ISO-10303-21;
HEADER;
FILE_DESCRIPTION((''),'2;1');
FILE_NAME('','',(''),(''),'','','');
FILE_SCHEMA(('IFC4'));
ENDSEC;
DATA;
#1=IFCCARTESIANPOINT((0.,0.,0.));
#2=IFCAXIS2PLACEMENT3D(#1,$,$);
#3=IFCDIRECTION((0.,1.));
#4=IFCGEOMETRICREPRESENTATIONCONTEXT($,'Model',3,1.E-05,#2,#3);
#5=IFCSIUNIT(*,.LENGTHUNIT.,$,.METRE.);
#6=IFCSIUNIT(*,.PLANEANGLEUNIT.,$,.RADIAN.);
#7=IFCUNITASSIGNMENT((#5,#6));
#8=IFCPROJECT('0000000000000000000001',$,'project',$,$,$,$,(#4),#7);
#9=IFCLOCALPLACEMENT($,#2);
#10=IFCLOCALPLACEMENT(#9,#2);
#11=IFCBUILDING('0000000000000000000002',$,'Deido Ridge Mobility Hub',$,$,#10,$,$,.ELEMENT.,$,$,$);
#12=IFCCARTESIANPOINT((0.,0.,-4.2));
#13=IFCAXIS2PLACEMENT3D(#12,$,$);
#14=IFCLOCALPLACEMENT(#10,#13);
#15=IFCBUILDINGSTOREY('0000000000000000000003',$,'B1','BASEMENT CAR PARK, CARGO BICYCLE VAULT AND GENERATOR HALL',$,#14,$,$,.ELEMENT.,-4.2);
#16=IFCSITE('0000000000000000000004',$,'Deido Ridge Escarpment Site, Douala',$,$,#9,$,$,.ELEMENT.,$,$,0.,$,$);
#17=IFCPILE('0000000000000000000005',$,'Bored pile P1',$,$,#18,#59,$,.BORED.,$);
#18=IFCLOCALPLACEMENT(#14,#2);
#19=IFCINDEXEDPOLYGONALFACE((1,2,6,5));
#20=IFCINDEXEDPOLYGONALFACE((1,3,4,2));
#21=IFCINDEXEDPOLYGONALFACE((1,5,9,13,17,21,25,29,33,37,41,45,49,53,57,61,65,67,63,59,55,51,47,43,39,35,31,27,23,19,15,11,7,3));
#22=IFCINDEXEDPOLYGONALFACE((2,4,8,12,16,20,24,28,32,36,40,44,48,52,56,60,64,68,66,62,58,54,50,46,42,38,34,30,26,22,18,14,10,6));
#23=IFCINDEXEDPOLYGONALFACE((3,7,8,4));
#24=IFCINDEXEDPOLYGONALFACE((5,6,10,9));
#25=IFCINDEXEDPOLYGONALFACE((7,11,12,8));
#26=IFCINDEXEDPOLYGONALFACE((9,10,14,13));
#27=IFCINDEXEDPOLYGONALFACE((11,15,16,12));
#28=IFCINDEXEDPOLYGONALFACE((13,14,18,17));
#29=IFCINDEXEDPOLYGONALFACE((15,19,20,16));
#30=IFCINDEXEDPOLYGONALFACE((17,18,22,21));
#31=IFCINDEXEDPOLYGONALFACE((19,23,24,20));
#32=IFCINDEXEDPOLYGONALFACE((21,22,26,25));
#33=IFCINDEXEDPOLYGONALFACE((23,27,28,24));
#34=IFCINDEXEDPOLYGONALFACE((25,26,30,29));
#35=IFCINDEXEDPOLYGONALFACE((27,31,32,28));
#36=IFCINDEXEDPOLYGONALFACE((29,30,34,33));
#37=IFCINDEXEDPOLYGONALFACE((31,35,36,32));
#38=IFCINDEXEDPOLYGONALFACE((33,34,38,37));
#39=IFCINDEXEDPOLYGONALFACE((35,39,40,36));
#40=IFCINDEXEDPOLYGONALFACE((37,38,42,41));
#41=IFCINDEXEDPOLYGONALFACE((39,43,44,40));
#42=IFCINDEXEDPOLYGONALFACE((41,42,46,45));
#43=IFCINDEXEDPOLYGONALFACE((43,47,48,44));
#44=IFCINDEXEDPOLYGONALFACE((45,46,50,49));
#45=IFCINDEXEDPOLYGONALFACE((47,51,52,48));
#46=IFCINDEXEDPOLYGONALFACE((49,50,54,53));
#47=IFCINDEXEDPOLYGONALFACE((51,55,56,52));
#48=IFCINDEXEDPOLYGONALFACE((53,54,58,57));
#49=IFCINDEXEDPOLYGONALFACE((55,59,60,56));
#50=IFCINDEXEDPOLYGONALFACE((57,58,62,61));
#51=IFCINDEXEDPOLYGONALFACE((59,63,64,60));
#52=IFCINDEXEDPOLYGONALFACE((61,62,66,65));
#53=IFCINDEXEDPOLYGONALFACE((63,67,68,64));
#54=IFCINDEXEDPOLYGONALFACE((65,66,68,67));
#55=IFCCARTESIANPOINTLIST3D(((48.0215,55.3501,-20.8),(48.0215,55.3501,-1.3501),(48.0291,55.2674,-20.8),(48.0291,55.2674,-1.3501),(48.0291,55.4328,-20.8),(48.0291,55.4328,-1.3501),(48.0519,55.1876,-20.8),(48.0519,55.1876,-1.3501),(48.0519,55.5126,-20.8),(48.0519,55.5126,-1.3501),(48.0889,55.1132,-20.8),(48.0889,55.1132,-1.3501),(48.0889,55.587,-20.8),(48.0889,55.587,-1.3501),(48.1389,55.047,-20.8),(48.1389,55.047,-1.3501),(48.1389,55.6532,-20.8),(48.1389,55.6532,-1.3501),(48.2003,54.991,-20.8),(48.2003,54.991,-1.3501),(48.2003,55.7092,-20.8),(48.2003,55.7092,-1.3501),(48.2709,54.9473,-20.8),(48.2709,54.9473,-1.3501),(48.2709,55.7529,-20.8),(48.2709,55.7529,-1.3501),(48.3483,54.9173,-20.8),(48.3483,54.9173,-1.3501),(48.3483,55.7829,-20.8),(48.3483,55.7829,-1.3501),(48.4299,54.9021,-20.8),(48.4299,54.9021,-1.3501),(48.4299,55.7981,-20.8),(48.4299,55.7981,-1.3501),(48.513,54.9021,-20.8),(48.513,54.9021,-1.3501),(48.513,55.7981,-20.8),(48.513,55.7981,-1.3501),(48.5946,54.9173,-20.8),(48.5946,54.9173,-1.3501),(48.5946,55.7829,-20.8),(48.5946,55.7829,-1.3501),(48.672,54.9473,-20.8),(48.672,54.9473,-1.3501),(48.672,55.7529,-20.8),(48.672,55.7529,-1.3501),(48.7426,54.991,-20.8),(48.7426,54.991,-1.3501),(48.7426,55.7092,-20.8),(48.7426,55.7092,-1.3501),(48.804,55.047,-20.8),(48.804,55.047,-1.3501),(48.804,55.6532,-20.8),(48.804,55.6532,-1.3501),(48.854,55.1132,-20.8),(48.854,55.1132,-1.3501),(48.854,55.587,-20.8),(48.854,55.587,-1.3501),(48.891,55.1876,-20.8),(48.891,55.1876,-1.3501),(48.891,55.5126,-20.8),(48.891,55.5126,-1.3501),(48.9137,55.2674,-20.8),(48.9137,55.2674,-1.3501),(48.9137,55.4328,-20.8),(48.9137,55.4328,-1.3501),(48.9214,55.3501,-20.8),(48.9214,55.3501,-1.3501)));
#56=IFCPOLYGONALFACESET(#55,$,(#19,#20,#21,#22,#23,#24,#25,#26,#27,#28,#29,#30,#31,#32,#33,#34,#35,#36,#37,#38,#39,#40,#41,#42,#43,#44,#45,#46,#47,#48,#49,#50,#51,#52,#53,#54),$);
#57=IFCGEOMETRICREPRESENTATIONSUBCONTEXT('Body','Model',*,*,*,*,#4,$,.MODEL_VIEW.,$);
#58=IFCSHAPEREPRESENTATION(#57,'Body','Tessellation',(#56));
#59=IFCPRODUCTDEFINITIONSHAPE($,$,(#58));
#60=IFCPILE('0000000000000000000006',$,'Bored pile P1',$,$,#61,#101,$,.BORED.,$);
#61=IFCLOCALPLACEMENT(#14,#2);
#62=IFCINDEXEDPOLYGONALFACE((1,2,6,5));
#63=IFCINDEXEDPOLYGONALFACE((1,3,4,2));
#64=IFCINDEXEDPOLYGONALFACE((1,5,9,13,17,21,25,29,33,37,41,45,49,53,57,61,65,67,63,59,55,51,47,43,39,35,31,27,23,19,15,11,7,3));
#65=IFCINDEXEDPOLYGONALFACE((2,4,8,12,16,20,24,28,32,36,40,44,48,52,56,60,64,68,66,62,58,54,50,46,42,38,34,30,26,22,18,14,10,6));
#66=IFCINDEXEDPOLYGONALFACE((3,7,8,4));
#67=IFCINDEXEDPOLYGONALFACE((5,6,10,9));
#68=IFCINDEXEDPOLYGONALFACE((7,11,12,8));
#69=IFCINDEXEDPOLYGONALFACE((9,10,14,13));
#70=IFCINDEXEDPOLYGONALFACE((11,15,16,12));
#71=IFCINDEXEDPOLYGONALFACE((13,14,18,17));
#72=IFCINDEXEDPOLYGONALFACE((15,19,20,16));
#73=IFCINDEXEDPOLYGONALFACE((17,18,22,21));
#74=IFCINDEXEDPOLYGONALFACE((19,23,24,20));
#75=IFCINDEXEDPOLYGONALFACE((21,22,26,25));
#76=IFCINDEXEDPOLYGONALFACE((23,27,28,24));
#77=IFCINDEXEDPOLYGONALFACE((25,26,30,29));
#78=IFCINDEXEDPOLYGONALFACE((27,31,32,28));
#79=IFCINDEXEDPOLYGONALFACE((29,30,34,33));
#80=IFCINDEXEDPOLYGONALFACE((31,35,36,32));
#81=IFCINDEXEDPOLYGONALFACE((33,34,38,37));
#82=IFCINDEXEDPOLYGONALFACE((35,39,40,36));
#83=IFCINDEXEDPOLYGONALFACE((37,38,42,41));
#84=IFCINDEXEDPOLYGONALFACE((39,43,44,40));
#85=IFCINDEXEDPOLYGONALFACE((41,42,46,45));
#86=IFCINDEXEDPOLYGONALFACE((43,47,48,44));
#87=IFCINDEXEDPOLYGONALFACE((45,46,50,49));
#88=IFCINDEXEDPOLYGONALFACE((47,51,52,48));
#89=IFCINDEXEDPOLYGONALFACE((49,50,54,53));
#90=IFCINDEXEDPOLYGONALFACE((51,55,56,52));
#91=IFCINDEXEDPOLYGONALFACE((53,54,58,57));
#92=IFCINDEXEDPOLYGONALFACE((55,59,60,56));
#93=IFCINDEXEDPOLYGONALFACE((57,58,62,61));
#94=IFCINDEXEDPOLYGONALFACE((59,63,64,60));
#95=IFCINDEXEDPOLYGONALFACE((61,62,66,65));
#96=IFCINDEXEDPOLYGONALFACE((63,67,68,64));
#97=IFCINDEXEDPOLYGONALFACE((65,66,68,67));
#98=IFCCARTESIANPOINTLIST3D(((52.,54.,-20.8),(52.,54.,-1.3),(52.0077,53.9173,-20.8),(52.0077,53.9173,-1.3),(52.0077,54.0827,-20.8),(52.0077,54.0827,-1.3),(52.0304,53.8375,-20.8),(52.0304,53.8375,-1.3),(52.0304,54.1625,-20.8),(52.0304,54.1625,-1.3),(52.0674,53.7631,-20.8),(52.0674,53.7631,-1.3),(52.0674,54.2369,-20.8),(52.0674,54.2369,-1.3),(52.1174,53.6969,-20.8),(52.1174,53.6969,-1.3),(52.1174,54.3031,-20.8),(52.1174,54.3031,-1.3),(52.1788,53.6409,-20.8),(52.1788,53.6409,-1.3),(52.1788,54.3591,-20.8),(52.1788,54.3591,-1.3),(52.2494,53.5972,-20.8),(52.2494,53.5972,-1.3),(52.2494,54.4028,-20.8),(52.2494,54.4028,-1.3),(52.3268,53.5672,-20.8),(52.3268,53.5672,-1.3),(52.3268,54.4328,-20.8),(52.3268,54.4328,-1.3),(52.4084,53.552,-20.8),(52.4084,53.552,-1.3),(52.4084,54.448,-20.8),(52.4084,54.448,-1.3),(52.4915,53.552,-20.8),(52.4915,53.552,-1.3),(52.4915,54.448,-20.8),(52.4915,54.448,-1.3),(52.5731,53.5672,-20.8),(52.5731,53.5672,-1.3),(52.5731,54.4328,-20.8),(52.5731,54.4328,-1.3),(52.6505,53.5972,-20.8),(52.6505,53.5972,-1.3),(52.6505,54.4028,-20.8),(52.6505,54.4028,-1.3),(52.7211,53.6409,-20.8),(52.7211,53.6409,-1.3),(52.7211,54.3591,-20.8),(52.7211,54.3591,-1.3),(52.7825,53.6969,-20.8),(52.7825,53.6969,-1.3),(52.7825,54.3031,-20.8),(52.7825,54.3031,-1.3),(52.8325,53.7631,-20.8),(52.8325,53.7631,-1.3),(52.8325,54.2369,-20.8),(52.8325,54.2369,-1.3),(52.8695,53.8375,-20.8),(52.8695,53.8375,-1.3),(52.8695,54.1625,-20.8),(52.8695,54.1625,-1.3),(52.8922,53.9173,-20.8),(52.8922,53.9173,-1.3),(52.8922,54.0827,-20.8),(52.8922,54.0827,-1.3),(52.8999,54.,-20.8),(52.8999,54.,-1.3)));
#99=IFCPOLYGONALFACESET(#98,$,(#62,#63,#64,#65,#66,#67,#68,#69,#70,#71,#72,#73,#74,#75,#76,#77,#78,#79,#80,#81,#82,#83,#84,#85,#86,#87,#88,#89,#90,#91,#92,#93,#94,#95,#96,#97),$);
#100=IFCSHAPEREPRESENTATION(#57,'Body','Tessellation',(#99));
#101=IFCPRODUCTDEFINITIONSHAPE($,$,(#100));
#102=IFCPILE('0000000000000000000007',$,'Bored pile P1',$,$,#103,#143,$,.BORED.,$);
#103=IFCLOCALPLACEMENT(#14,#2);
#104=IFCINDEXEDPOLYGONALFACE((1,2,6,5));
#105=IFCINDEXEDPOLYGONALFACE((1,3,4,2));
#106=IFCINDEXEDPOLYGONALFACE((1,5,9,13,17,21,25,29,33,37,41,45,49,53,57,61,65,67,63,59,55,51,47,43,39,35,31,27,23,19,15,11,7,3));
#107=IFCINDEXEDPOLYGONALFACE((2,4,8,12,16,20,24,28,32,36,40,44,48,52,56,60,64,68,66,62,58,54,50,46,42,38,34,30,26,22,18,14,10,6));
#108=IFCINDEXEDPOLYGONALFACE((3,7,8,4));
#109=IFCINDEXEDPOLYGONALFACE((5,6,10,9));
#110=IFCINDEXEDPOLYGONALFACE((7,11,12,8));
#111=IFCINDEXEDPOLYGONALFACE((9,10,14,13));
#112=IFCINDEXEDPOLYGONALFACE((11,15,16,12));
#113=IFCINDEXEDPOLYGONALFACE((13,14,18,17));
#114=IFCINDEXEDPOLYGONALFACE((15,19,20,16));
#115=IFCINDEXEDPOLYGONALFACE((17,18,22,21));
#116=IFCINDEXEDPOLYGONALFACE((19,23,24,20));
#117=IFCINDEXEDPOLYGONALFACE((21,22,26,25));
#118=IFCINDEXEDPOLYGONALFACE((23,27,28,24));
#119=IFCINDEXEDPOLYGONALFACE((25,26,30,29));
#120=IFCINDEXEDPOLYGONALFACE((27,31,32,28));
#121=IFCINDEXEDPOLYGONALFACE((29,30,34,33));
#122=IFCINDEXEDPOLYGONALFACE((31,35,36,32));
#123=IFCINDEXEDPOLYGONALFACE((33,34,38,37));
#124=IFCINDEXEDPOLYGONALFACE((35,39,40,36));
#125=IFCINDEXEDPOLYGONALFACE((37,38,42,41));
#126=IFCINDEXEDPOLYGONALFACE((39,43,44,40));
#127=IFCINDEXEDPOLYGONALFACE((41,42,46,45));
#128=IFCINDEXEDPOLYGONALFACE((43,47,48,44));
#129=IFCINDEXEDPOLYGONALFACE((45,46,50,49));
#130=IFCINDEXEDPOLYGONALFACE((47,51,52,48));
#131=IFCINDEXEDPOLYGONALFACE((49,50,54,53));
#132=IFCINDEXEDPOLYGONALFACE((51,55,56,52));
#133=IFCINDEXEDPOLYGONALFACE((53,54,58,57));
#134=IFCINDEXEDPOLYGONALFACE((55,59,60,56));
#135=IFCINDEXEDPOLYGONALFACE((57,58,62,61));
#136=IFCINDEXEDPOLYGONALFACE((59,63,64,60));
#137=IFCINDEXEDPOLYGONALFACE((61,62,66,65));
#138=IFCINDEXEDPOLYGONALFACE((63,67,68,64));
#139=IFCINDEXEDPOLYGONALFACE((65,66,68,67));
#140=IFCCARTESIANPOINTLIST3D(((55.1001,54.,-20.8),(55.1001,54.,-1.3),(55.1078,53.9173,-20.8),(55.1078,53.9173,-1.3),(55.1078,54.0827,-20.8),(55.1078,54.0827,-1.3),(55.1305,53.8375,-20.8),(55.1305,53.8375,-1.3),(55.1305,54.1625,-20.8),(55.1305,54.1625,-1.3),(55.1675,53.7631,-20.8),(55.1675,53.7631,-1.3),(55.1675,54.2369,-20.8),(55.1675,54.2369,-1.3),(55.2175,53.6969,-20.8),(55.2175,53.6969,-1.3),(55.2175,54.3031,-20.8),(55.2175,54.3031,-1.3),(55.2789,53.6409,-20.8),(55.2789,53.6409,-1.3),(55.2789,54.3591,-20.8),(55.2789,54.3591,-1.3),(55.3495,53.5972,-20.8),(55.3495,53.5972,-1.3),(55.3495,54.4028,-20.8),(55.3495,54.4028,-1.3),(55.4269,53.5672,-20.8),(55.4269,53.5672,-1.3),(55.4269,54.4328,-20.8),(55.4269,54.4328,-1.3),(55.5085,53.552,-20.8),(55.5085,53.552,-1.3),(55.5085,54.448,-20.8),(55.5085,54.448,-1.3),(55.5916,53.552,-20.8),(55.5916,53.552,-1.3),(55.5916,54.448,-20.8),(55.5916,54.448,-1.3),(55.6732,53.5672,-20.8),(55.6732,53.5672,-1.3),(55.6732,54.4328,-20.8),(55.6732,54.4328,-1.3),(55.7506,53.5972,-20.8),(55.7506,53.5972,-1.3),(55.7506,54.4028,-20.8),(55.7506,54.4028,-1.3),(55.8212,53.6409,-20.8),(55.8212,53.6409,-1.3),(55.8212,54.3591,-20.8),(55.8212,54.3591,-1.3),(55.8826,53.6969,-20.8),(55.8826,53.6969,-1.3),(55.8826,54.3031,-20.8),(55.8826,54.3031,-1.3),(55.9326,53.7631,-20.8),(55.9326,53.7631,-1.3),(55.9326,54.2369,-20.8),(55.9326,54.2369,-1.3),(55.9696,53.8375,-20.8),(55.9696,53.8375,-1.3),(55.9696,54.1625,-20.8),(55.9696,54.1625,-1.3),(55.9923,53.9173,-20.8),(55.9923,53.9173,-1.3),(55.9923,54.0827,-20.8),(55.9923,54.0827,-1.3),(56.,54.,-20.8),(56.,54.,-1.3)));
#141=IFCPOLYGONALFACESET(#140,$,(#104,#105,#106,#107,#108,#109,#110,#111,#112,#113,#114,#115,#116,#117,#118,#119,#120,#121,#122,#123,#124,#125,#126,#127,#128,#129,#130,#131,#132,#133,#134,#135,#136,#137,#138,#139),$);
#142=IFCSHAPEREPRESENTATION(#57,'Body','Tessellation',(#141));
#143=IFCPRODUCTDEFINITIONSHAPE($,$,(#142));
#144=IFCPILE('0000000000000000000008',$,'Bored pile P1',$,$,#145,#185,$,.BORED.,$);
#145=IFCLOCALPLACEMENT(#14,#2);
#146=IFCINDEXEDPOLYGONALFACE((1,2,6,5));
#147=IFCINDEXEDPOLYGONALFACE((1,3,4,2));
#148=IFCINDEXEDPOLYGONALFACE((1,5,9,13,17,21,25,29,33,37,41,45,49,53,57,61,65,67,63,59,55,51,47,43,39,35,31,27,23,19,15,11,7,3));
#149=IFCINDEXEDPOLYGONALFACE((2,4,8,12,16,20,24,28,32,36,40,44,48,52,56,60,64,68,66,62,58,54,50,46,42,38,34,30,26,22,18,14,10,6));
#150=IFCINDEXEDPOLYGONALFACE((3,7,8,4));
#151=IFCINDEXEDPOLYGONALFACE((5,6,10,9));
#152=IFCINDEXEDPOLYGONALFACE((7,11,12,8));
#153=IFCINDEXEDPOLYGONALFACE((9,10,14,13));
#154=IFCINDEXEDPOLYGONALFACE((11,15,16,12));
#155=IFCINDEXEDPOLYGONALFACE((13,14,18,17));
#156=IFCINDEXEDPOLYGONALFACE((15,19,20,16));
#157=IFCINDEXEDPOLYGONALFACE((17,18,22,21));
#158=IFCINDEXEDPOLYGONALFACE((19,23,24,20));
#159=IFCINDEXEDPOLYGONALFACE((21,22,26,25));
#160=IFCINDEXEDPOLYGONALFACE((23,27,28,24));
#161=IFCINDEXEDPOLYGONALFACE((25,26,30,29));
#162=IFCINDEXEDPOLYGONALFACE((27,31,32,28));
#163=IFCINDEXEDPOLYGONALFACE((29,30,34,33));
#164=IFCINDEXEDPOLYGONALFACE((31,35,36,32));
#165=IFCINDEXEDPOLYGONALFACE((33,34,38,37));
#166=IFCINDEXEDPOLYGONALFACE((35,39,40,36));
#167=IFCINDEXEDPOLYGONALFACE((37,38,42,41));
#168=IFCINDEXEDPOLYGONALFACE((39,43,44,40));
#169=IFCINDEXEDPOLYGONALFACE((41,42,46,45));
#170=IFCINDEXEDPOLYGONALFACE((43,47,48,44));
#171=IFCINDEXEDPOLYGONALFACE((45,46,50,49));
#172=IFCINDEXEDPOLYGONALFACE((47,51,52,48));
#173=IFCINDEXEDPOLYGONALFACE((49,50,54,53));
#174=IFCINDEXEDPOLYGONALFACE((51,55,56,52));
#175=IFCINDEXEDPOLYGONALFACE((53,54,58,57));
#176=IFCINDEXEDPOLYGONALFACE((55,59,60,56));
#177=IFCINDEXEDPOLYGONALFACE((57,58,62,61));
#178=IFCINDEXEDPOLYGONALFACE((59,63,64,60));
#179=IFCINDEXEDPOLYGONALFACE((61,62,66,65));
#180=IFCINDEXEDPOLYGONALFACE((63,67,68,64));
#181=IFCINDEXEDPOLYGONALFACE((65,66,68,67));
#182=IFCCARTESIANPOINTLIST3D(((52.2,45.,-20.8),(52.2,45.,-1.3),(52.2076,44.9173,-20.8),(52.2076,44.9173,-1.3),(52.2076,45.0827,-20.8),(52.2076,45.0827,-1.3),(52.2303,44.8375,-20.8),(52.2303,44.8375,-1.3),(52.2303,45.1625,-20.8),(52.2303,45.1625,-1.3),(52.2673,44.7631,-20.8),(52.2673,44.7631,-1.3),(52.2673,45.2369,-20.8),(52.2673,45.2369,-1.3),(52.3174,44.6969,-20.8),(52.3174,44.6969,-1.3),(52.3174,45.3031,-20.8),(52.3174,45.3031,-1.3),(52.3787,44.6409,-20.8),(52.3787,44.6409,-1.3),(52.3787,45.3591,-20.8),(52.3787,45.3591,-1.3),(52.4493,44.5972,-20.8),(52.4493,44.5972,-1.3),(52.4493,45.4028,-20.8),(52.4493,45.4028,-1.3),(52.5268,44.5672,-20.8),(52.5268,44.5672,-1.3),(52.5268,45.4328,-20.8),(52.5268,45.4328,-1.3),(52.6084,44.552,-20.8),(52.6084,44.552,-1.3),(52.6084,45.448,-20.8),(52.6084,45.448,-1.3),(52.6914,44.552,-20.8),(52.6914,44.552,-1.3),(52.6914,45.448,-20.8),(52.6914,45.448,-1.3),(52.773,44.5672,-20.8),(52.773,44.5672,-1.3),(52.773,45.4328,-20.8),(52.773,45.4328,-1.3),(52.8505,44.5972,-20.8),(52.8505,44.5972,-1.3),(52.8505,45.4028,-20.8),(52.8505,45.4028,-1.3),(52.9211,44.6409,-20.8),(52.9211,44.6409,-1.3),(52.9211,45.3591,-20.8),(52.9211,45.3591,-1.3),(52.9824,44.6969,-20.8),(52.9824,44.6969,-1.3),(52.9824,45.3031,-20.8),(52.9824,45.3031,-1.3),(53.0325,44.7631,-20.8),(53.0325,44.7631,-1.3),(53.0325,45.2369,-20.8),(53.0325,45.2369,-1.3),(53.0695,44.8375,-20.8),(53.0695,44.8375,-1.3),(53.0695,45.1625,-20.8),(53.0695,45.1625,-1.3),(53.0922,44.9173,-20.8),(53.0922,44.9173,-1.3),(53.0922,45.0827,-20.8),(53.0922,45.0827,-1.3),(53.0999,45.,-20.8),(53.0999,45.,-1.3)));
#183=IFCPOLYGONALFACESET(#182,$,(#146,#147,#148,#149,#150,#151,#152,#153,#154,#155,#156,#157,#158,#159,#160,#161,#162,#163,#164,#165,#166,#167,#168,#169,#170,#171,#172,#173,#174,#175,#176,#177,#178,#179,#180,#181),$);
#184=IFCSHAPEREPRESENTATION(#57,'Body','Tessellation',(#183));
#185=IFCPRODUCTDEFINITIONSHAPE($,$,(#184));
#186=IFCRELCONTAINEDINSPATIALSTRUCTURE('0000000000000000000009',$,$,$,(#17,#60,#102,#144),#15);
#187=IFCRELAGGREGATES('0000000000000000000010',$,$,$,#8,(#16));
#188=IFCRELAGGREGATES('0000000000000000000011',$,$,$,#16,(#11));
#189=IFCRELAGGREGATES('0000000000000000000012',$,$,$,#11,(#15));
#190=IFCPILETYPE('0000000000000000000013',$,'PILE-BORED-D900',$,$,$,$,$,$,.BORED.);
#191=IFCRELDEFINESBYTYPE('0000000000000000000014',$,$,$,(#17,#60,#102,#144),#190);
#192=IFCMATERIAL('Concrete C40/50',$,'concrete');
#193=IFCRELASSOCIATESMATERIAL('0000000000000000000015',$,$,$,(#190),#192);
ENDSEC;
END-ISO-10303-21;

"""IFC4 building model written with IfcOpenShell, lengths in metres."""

from ifc_helpers import new_model, si_unit, direction, frame, origin, origin_2d, place, context, subcontext, project, spatial, circle, extrude, material, material_profile, profile_set, type_object, element, save


model = new_model("IFC4")

# Units and contexts
model_context = context("Model", 3, precision=1e-05, world=origin(), true_north=direction((0.0, 1.0)))
body_context = subcontext(model_context, "Body", "Model", "MODEL_VIEW")
ifc_project = project(units=[si_unit("LENGTHUNIT", "METRE"), si_unit("PLANEANGLEUNIT", "RADIAN")], contexts=[model_context])

# Site, building, storey
site_placement = place(None, origin())
site = spatial("IfcSite", under=ifc_project, at=site_placement, Name="Deido Ridge Escarpment Site, Douala", CompositionType="ELEMENT", RefElevation=0.0)
building_placement = place(site_placement, origin())
building = spatial("IfcBuilding", under=site, at=building_placement, Name="Deido Ridge Mobility Hub", CompositionType="ELEMENT")
storey_placement = place(building_placement, frame((0.0, 0.0, -4.2)))
storey = spatial("IfcBuildingStorey", under=building, at=storey_placement, Name="B1", Description="BASEMENT CAR PARK, CARGO BICYCLE VAULT AND GENERATOR HALL", CompositionType="ELEMENT", Elevation=-4.2)

# Shared definitions
ifc_material_1 = material(Name="Concrete C40/50", Category="concrete")

# Piles
ifc_material_profile_1 = material_profile(ifc_material_1, circle(Radius=0.45, at=origin_2d()), Name="BORED PILE D900")
ifc_profile_set_1 = profile_set([ifc_material_profile_1], Name="Concrete C40/50")
pile_type = type_object("IfcPileType", Name="PILE-BORED-D900", PredefinedType="BORED", material=ifc_profile_set_1)
for number, where, z_axis, x_axis, name in (
    (1, (48.4714, 55.3501, -1.3501), (0.0, 0.0, -1.0), (1.0, 0.0, 0.0), "Bored pile P1"),
):
    element("IfcPile", number, at=place(storey_placement, frame(where, z_axis=z_axis, x_axis=x_axis)), inside=storey, type_object=pile_type, Name=name, PredefinedType="BORED", context=body_context, shape_type="SweptSolid", body=[
        extrude(circle(Radius=0.45, at=origin_2d()), origin(), (0.0, 0.0, 1.0), 19.45),
    ])
for number, where, z_axis, x_axis, name in (
    (2, (52.45, 54.0, -1.3), (0.0, 0.0, -1.0), (1.0, 0.0, 0.0), "Bored pile P1"),
    (3, (55.55, 54.0, -1.3), (0.0, 0.0, -1.0), (1.0, 0.0, 0.0), "Bored pile P1"),
    (4, (52.6499, 45.0, -1.3), (0.0, 0.0, -1.0), (1.0, 0.0, 0.0), "Bored pile P1"),
):
    element("IfcPile", number, at=place(storey_placement, frame(where, z_axis=z_axis, x_axis=x_axis)), inside=storey, type_object=pile_type, Name=name, PredefinedType="BORED", context=body_context, shape_type="SweptSolid", body=[
        extrude(circle(Radius=0.45, at=origin_2d()), origin(), (0.0, 0.0, 1.0), 19.5),
    ])

save(model, "model.ifc")
